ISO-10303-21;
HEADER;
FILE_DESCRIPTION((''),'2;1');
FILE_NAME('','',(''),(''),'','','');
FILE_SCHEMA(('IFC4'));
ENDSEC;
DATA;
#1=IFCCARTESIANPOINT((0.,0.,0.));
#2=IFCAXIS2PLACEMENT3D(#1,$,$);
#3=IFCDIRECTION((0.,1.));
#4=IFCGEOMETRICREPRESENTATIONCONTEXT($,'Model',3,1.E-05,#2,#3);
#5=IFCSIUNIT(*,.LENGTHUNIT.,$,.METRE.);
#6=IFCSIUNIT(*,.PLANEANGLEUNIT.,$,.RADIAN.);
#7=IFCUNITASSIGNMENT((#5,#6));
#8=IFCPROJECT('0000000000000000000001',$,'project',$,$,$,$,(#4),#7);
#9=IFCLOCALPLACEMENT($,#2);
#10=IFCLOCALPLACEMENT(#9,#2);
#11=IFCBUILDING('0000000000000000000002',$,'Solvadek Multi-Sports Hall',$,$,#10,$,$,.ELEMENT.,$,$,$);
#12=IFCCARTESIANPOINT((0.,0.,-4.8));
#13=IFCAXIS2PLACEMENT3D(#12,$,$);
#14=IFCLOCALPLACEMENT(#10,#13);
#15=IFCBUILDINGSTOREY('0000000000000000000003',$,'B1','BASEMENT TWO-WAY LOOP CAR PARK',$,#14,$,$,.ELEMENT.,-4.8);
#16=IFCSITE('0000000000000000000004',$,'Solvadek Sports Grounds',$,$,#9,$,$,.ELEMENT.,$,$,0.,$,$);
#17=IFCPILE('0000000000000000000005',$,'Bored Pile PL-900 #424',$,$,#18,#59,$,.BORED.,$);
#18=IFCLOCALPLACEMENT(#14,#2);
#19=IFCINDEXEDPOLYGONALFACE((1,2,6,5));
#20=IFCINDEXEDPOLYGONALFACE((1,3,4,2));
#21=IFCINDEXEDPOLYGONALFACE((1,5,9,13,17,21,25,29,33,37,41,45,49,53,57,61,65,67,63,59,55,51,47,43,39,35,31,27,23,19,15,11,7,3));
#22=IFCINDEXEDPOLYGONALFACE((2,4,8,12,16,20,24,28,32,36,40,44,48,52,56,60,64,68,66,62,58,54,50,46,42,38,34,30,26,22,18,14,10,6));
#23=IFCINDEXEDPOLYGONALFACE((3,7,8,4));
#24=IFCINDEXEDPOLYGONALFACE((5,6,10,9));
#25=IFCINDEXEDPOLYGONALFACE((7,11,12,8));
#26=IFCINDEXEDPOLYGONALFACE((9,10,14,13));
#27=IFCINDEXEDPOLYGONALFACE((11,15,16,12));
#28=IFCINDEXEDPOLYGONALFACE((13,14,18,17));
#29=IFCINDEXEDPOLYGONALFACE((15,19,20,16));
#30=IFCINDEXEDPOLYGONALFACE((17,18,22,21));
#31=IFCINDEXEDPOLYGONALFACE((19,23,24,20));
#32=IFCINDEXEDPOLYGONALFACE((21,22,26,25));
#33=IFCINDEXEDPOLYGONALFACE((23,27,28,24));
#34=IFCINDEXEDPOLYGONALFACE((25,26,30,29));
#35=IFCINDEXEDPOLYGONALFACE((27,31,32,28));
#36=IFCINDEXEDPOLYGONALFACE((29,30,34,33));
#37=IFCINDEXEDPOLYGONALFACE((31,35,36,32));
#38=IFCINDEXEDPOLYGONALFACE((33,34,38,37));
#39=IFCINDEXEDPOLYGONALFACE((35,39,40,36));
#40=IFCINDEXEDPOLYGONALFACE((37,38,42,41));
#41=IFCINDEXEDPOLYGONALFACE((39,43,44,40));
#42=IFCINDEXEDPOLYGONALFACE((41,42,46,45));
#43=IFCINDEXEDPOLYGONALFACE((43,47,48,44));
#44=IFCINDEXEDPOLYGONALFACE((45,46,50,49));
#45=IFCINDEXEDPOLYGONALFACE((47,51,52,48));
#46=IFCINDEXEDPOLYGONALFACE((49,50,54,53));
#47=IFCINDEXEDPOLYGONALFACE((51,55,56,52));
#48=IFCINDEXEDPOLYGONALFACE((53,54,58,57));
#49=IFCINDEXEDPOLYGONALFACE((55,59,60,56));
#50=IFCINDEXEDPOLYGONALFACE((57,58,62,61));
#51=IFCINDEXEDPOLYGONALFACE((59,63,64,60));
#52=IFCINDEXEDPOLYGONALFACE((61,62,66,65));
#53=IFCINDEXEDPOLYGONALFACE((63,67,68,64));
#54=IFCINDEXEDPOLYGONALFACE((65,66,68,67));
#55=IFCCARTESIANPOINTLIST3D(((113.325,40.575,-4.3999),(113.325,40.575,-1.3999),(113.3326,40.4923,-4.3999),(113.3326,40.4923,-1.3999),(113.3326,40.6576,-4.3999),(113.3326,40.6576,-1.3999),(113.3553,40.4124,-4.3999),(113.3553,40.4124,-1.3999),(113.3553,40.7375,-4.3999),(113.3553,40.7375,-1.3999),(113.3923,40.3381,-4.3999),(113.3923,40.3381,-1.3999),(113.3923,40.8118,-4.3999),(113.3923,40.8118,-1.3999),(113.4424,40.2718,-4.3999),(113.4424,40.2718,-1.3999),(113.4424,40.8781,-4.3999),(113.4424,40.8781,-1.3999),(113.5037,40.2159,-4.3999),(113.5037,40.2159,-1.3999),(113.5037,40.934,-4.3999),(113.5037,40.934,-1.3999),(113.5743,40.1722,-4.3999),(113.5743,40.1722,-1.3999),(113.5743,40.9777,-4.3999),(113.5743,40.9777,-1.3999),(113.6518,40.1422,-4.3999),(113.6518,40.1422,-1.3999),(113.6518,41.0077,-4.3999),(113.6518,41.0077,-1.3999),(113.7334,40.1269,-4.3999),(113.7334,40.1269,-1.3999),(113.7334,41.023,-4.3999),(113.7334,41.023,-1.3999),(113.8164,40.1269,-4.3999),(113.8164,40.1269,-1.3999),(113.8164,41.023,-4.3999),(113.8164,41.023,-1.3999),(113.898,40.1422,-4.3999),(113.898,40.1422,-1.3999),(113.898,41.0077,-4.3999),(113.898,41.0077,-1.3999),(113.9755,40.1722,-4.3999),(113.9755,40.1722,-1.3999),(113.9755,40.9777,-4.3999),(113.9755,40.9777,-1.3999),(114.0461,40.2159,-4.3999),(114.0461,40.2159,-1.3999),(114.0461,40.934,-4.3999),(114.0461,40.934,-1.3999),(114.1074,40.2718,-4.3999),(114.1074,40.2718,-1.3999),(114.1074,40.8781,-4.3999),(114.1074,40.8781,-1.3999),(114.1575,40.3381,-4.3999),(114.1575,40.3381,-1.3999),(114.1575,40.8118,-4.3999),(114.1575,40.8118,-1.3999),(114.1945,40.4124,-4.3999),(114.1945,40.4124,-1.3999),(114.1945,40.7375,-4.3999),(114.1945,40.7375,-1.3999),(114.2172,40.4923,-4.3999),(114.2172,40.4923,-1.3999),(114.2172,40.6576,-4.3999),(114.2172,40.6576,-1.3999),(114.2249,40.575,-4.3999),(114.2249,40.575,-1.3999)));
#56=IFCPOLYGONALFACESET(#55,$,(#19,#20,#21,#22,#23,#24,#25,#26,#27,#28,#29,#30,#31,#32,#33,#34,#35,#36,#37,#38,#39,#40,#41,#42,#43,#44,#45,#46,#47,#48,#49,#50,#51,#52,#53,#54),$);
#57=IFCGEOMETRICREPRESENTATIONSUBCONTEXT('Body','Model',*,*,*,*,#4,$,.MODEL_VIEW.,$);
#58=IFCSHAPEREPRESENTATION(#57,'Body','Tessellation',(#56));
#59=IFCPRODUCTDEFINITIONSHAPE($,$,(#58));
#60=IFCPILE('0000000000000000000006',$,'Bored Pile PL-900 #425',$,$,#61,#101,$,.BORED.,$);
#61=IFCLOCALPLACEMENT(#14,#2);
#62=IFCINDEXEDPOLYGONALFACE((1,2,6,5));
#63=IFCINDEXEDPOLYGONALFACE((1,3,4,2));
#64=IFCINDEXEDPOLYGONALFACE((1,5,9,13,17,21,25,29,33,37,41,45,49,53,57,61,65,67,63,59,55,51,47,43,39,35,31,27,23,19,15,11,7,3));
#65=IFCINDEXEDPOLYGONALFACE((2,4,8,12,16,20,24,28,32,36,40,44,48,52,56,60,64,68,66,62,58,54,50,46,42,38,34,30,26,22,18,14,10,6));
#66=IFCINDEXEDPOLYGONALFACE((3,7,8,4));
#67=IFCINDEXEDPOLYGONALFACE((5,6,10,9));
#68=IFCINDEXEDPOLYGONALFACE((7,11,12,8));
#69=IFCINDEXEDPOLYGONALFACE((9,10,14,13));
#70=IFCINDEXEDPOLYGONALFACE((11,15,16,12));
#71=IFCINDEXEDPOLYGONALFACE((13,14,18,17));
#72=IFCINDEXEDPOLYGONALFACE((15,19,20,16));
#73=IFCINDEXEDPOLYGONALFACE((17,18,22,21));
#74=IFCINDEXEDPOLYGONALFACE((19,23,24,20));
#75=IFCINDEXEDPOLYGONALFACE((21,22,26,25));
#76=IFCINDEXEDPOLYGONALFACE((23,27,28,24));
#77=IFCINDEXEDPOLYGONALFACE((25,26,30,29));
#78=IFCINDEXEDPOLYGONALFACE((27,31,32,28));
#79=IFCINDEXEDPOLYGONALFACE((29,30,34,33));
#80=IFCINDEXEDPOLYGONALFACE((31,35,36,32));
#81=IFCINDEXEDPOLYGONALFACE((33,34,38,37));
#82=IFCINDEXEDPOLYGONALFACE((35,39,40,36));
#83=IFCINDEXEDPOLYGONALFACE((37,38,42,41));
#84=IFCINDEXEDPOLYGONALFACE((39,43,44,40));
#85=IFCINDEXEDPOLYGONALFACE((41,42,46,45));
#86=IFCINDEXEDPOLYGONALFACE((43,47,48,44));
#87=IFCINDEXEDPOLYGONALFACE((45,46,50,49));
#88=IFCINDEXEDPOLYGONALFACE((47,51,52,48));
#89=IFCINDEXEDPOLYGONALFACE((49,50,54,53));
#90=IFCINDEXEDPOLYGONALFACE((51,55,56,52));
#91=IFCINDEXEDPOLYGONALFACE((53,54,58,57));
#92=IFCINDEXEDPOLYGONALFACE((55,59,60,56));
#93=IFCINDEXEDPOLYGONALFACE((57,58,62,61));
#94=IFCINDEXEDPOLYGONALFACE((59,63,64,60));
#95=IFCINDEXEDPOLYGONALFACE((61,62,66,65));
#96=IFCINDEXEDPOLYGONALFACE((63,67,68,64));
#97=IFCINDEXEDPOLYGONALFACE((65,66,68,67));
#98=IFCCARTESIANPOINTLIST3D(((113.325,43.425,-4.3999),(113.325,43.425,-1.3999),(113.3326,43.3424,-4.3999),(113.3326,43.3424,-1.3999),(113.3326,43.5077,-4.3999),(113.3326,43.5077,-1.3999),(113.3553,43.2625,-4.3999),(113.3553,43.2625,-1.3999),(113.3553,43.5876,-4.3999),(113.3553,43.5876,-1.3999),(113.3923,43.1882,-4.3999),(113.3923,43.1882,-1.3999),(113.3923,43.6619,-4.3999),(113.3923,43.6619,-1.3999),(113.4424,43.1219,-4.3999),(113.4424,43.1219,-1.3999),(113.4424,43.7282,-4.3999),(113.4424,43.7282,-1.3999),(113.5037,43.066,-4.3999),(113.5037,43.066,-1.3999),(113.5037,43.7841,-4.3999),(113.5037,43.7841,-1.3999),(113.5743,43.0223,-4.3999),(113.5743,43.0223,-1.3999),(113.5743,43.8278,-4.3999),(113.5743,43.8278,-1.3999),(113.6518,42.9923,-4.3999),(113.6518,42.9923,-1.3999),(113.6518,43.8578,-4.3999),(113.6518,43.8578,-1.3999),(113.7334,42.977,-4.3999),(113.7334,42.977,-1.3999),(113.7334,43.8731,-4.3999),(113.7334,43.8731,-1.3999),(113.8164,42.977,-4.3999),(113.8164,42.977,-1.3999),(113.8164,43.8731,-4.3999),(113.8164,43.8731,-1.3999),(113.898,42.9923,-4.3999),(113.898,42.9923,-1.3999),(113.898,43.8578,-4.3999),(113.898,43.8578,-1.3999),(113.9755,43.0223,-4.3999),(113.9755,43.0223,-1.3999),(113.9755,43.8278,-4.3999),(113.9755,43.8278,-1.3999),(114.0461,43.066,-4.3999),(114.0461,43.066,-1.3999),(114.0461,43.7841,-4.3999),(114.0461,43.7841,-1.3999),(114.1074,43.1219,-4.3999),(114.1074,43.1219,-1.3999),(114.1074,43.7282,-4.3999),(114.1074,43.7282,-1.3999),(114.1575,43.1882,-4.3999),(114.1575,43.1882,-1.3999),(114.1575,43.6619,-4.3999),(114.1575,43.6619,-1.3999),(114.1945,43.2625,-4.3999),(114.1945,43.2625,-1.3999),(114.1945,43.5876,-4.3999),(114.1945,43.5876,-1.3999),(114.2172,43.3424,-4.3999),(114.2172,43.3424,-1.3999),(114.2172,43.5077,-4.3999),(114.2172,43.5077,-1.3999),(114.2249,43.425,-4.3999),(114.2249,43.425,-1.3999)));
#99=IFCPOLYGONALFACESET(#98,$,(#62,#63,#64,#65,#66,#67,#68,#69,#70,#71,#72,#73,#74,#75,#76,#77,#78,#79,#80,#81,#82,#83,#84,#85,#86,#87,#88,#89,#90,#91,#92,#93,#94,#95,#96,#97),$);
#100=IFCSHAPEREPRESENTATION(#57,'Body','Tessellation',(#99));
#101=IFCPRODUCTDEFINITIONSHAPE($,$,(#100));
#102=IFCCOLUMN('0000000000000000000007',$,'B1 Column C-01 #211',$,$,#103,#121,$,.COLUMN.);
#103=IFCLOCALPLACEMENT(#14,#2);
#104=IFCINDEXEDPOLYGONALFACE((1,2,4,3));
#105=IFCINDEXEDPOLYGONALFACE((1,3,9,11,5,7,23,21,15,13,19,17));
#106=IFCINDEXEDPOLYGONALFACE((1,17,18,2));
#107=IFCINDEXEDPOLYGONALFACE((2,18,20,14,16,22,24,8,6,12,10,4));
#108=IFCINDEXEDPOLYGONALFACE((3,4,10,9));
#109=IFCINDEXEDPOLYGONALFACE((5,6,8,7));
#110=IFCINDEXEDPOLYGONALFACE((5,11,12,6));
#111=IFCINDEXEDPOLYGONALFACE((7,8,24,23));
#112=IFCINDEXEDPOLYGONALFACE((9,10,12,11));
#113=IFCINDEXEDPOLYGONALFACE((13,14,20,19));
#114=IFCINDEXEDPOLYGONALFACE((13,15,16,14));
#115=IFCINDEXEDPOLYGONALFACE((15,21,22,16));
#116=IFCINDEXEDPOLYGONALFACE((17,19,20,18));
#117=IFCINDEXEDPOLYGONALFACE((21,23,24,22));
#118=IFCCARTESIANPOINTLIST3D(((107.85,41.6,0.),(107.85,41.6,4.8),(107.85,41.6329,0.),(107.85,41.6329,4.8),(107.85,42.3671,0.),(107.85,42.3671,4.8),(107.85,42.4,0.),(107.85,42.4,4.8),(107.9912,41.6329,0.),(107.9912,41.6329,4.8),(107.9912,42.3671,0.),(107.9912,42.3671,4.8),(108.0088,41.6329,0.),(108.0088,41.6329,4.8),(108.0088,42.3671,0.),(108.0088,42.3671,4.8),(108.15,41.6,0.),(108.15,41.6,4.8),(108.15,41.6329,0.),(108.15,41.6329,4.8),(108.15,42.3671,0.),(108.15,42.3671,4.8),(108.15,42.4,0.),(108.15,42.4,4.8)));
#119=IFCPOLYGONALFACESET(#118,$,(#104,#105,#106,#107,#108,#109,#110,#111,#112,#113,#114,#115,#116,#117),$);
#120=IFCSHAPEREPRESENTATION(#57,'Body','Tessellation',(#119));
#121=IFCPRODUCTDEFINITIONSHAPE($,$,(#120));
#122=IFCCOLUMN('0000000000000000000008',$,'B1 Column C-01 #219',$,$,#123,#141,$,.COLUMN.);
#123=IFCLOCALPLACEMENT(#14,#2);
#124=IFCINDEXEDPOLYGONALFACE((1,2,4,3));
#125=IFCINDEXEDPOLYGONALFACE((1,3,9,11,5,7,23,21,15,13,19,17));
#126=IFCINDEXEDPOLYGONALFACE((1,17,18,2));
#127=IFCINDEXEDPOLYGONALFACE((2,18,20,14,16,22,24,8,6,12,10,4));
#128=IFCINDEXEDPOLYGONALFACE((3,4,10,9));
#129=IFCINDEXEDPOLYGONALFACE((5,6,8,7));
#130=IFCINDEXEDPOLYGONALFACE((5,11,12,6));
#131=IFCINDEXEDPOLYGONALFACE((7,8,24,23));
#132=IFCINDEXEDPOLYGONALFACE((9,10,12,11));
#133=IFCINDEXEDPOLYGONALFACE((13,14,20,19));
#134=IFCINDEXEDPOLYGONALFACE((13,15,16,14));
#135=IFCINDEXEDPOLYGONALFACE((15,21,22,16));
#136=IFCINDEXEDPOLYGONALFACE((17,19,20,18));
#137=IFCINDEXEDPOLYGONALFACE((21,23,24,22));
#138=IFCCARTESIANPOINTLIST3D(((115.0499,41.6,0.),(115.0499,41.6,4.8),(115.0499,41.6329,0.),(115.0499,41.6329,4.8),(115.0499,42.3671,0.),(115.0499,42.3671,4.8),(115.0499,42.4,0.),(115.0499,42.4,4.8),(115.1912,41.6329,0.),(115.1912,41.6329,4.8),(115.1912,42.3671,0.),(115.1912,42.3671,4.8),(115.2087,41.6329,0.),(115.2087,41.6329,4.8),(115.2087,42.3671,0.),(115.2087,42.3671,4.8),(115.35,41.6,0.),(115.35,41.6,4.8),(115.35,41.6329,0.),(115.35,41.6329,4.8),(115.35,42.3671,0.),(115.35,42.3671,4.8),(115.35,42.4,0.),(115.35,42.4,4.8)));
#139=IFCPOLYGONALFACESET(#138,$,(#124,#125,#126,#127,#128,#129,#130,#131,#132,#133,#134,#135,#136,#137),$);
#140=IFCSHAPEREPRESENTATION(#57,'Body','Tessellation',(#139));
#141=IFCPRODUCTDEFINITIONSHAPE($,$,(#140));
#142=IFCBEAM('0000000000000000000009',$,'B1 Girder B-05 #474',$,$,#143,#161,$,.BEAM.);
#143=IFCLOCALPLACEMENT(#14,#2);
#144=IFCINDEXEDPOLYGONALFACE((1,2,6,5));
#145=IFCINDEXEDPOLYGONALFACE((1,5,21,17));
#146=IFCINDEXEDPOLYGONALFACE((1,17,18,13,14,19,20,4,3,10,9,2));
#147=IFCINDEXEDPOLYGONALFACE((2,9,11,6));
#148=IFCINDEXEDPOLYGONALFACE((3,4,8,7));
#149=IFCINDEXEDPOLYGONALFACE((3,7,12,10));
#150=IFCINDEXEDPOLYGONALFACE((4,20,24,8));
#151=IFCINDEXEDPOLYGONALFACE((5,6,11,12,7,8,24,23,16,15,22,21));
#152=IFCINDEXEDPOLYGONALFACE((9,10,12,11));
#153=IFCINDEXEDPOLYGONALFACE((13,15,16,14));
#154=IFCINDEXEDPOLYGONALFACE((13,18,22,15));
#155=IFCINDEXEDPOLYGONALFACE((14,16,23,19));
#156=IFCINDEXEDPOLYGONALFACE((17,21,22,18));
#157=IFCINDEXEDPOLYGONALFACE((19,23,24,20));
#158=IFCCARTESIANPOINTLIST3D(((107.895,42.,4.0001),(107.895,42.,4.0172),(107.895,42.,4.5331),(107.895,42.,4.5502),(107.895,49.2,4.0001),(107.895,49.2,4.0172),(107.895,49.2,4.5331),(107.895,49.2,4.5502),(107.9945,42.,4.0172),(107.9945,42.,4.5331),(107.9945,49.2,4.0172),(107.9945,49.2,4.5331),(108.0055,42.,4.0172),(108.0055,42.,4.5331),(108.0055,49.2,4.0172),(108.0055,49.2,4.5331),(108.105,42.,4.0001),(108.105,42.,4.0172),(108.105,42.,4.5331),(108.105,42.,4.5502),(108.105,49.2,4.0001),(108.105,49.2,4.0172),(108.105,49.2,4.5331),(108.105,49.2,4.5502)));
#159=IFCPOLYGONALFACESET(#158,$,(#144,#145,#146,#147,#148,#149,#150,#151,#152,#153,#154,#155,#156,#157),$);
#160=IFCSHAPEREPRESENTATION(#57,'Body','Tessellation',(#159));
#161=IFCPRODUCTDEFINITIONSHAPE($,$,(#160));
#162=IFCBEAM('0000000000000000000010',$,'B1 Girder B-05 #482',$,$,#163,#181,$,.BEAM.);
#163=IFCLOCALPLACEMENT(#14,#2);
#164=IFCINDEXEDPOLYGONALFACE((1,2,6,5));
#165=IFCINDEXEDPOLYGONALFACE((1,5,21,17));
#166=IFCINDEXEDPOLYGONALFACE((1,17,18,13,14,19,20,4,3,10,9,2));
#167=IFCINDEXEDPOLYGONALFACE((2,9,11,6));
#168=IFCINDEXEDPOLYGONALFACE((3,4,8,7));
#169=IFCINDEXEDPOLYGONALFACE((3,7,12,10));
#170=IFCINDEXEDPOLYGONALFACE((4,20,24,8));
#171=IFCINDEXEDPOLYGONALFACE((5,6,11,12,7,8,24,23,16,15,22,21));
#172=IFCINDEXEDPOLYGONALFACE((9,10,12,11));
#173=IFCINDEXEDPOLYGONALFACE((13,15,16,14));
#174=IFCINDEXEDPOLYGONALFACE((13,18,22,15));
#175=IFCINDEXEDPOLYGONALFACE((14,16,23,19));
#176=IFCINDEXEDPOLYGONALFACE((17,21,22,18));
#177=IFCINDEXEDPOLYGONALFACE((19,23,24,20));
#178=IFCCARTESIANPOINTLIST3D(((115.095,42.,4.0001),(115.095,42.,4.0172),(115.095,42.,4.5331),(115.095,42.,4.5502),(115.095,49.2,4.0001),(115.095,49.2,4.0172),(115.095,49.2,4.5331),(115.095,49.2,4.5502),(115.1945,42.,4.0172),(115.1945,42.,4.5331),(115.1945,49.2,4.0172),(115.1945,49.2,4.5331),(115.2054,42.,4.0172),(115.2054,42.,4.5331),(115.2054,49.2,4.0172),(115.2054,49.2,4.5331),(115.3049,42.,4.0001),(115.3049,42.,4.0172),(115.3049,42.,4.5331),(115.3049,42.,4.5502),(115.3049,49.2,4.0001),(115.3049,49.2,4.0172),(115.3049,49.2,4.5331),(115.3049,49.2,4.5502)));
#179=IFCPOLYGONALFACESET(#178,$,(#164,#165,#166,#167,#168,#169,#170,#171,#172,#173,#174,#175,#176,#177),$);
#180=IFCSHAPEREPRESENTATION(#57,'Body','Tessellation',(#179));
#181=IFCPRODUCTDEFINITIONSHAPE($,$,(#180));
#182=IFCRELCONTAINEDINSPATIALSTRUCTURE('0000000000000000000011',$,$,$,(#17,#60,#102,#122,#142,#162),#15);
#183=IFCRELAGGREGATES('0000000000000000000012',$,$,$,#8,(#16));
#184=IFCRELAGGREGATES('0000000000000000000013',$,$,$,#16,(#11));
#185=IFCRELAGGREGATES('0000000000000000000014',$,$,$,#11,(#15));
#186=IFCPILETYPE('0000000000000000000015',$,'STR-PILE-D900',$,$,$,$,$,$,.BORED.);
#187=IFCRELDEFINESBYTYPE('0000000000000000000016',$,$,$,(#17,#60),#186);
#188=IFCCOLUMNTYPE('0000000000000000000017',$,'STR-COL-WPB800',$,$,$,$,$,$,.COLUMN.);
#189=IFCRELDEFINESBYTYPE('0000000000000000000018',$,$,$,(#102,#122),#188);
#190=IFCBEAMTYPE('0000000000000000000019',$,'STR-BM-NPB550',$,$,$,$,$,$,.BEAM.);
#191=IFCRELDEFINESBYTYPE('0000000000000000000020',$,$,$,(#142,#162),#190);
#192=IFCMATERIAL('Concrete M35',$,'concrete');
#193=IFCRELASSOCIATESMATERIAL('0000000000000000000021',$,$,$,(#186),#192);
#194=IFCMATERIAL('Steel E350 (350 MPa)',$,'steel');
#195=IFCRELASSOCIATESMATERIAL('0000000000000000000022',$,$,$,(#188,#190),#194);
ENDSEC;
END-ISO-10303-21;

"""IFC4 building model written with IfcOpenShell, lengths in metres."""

from ifc_helpers import new_model, si_unit, direction, frame, origin, origin_2d, place, context, subcontext, project, spatial, circle, i_section, extrude, material, material_profile, profile_set, type_object, element, save


model = new_model("IFC4")

# Units and contexts
model_context = context("Model", 3, precision=1e-05, world=origin(), true_north=direction((0.0, 1.0)))
body_context = subcontext(model_context, "Body", "Model", "MODEL_VIEW")
ifc_project = project(units=[si_unit("LENGTHUNIT", "METRE"), si_unit("PLANEANGLEUNIT", "RADIAN")], contexts=[model_context])

# Site, building, storey
site_placement = place(None, origin())
site = spatial("IfcSite", under=ifc_project, at=site_placement, Name="Solvadek Sports Grounds", CompositionType="ELEMENT", RefElevation=0.0)
building_placement = place(site_placement, origin())
building = spatial("IfcBuilding", under=site, at=building_placement, Name="Solvadek Multi-Sports Hall", CompositionType="ELEMENT")
storey_placement = place(building_placement, frame((0.0, 0.0, -4.8)))
storey = spatial("IfcBuildingStorey", under=building, at=storey_placement, Name="B1", Description="BASEMENT TWO-WAY LOOP CAR PARK", CompositionType="ELEMENT", Elevation=-4.8)

# Piles
ifc_material_1 = material(Name="Concrete M35", Category="concrete")
ifc_material_profile_1 = material_profile(ifc_material_1, circle(Radius=0.45, at=origin_2d()), Name="BORED PILE D900")
ifc_profile_set_1 = profile_set([ifc_material_profile_1], Name="Concrete M35")
pile_type = type_object("IfcPileType", Name="STR-PILE-D900", PredefinedType="BORED", material=ifc_profile_set_1)
for number, where, z_axis, x_axis, name in (
    (1, (113.7749, 40.575, -1.3999), (0.0, 0.0, -1.0), (1.0, 0.0, 0.0), "Bored Pile PL-900 #424"),
    (2, (113.7749, 43.425, -1.3999), (0.0, 0.0, -1.0), (1.0, 0.0, 0.0), "Bored Pile PL-900 #425"),
):
    element("IfcPile", number, at=place(storey_placement, frame(where, z_axis=z_axis, x_axis=x_axis)), inside=storey, type_object=pile_type, Name=name, PredefinedType="BORED", context=body_context, shape_type="SweptSolid", body=[
        extrude(circle(Radius=0.45, at=origin_2d()), origin(), (0.0, 0.0, 1.0), 3.0),
    ])

# Columns
ifc_material_2 = material(Name="Steel E350 (350 MPa)", Category="steel")
ifc_material_profile_2 = material_profile(ifc_material_2, i_section(OverallWidth=0.3, OverallDepth=0.8, WebThickness=0.0176, FlangeThickness=0.033, at=origin_2d()), Name="WPB 800")
ifc_profile_set_2 = profile_set([ifc_material_profile_2], Name="Steel E350 (350 MPa)")
column_type = type_object("IfcColumnType", Name="STR-COL-WPB800", PredefinedType="COLUMN", material=ifc_profile_set_2)
for number, where, z_axis, x_axis, name in (
    (3, (108.0, 42.0, 0.0), (0.0, 0.0, 1.0), (1.0, 0.0, 0.0), "B1 Column C-01 #211"),
    (4, (115.2, 42.0, 0.0), (0.0, 0.0, 1.0), (1.0, 0.0, 0.0), "B1 Column C-01 #219"),
):
    element("IfcColumn", number, at=place(storey_placement, frame(where, z_axis=z_axis, x_axis=x_axis)), inside=storey, type_object=column_type, Name=name, PredefinedType="COLUMN", context=body_context, shape_type="SweptSolid", body=[
        extrude(i_section(OverallWidth=0.3, OverallDepth=0.8, WebThickness=0.0176, FlangeThickness=0.033, at=origin_2d()), origin(), (0.0, 0.0, 1.0), 4.8),
    ])

# Beams
ifc_material_profile_3 = material_profile(ifc_material_2, i_section(OverallWidth=0.21, OverallDepth=0.55, WebThickness=0.011, FlangeThickness=0.0171, at=origin_2d()), Name="NPB 550")
ifc_profile_set_3 = profile_set([ifc_material_profile_3], Name="Steel E350 (350 MPa)")
beam_type_1 = type_object("IfcBeamType", Name="STR-BM-NPB550", PredefinedType="BEAM", material=ifc_profile_set_3)
for number, where, z_axis, x_axis, name in (
    (5, (108.0, 42.0, 4.2751), (0.0, 1.0, 0.0), (-1.0, 0.0, 0.0), "B1 Girder B-05 #474"),
    (6, (115.2, 42.0, 4.2751), (0.0, 1.0, 0.0), (-1.0, 0.0, 0.0), "B1 Girder B-05 #482"),
):
    element("IfcBeam", number, at=place(storey_placement, frame(where, z_axis=z_axis, x_axis=x_axis)), inside=storey, type_object=beam_type_1, Name=name, PredefinedType="BEAM", context=body_context, shape_type="SweptSolid", body=[
        extrude(i_section(OverallWidth=0.21, OverallDepth=0.55, WebThickness=0.011, FlangeThickness=0.0171, at=origin_2d()), origin(), (0.0, 0.0, 1.0), 7.2),
    ])

save(model, "model.ifc")
